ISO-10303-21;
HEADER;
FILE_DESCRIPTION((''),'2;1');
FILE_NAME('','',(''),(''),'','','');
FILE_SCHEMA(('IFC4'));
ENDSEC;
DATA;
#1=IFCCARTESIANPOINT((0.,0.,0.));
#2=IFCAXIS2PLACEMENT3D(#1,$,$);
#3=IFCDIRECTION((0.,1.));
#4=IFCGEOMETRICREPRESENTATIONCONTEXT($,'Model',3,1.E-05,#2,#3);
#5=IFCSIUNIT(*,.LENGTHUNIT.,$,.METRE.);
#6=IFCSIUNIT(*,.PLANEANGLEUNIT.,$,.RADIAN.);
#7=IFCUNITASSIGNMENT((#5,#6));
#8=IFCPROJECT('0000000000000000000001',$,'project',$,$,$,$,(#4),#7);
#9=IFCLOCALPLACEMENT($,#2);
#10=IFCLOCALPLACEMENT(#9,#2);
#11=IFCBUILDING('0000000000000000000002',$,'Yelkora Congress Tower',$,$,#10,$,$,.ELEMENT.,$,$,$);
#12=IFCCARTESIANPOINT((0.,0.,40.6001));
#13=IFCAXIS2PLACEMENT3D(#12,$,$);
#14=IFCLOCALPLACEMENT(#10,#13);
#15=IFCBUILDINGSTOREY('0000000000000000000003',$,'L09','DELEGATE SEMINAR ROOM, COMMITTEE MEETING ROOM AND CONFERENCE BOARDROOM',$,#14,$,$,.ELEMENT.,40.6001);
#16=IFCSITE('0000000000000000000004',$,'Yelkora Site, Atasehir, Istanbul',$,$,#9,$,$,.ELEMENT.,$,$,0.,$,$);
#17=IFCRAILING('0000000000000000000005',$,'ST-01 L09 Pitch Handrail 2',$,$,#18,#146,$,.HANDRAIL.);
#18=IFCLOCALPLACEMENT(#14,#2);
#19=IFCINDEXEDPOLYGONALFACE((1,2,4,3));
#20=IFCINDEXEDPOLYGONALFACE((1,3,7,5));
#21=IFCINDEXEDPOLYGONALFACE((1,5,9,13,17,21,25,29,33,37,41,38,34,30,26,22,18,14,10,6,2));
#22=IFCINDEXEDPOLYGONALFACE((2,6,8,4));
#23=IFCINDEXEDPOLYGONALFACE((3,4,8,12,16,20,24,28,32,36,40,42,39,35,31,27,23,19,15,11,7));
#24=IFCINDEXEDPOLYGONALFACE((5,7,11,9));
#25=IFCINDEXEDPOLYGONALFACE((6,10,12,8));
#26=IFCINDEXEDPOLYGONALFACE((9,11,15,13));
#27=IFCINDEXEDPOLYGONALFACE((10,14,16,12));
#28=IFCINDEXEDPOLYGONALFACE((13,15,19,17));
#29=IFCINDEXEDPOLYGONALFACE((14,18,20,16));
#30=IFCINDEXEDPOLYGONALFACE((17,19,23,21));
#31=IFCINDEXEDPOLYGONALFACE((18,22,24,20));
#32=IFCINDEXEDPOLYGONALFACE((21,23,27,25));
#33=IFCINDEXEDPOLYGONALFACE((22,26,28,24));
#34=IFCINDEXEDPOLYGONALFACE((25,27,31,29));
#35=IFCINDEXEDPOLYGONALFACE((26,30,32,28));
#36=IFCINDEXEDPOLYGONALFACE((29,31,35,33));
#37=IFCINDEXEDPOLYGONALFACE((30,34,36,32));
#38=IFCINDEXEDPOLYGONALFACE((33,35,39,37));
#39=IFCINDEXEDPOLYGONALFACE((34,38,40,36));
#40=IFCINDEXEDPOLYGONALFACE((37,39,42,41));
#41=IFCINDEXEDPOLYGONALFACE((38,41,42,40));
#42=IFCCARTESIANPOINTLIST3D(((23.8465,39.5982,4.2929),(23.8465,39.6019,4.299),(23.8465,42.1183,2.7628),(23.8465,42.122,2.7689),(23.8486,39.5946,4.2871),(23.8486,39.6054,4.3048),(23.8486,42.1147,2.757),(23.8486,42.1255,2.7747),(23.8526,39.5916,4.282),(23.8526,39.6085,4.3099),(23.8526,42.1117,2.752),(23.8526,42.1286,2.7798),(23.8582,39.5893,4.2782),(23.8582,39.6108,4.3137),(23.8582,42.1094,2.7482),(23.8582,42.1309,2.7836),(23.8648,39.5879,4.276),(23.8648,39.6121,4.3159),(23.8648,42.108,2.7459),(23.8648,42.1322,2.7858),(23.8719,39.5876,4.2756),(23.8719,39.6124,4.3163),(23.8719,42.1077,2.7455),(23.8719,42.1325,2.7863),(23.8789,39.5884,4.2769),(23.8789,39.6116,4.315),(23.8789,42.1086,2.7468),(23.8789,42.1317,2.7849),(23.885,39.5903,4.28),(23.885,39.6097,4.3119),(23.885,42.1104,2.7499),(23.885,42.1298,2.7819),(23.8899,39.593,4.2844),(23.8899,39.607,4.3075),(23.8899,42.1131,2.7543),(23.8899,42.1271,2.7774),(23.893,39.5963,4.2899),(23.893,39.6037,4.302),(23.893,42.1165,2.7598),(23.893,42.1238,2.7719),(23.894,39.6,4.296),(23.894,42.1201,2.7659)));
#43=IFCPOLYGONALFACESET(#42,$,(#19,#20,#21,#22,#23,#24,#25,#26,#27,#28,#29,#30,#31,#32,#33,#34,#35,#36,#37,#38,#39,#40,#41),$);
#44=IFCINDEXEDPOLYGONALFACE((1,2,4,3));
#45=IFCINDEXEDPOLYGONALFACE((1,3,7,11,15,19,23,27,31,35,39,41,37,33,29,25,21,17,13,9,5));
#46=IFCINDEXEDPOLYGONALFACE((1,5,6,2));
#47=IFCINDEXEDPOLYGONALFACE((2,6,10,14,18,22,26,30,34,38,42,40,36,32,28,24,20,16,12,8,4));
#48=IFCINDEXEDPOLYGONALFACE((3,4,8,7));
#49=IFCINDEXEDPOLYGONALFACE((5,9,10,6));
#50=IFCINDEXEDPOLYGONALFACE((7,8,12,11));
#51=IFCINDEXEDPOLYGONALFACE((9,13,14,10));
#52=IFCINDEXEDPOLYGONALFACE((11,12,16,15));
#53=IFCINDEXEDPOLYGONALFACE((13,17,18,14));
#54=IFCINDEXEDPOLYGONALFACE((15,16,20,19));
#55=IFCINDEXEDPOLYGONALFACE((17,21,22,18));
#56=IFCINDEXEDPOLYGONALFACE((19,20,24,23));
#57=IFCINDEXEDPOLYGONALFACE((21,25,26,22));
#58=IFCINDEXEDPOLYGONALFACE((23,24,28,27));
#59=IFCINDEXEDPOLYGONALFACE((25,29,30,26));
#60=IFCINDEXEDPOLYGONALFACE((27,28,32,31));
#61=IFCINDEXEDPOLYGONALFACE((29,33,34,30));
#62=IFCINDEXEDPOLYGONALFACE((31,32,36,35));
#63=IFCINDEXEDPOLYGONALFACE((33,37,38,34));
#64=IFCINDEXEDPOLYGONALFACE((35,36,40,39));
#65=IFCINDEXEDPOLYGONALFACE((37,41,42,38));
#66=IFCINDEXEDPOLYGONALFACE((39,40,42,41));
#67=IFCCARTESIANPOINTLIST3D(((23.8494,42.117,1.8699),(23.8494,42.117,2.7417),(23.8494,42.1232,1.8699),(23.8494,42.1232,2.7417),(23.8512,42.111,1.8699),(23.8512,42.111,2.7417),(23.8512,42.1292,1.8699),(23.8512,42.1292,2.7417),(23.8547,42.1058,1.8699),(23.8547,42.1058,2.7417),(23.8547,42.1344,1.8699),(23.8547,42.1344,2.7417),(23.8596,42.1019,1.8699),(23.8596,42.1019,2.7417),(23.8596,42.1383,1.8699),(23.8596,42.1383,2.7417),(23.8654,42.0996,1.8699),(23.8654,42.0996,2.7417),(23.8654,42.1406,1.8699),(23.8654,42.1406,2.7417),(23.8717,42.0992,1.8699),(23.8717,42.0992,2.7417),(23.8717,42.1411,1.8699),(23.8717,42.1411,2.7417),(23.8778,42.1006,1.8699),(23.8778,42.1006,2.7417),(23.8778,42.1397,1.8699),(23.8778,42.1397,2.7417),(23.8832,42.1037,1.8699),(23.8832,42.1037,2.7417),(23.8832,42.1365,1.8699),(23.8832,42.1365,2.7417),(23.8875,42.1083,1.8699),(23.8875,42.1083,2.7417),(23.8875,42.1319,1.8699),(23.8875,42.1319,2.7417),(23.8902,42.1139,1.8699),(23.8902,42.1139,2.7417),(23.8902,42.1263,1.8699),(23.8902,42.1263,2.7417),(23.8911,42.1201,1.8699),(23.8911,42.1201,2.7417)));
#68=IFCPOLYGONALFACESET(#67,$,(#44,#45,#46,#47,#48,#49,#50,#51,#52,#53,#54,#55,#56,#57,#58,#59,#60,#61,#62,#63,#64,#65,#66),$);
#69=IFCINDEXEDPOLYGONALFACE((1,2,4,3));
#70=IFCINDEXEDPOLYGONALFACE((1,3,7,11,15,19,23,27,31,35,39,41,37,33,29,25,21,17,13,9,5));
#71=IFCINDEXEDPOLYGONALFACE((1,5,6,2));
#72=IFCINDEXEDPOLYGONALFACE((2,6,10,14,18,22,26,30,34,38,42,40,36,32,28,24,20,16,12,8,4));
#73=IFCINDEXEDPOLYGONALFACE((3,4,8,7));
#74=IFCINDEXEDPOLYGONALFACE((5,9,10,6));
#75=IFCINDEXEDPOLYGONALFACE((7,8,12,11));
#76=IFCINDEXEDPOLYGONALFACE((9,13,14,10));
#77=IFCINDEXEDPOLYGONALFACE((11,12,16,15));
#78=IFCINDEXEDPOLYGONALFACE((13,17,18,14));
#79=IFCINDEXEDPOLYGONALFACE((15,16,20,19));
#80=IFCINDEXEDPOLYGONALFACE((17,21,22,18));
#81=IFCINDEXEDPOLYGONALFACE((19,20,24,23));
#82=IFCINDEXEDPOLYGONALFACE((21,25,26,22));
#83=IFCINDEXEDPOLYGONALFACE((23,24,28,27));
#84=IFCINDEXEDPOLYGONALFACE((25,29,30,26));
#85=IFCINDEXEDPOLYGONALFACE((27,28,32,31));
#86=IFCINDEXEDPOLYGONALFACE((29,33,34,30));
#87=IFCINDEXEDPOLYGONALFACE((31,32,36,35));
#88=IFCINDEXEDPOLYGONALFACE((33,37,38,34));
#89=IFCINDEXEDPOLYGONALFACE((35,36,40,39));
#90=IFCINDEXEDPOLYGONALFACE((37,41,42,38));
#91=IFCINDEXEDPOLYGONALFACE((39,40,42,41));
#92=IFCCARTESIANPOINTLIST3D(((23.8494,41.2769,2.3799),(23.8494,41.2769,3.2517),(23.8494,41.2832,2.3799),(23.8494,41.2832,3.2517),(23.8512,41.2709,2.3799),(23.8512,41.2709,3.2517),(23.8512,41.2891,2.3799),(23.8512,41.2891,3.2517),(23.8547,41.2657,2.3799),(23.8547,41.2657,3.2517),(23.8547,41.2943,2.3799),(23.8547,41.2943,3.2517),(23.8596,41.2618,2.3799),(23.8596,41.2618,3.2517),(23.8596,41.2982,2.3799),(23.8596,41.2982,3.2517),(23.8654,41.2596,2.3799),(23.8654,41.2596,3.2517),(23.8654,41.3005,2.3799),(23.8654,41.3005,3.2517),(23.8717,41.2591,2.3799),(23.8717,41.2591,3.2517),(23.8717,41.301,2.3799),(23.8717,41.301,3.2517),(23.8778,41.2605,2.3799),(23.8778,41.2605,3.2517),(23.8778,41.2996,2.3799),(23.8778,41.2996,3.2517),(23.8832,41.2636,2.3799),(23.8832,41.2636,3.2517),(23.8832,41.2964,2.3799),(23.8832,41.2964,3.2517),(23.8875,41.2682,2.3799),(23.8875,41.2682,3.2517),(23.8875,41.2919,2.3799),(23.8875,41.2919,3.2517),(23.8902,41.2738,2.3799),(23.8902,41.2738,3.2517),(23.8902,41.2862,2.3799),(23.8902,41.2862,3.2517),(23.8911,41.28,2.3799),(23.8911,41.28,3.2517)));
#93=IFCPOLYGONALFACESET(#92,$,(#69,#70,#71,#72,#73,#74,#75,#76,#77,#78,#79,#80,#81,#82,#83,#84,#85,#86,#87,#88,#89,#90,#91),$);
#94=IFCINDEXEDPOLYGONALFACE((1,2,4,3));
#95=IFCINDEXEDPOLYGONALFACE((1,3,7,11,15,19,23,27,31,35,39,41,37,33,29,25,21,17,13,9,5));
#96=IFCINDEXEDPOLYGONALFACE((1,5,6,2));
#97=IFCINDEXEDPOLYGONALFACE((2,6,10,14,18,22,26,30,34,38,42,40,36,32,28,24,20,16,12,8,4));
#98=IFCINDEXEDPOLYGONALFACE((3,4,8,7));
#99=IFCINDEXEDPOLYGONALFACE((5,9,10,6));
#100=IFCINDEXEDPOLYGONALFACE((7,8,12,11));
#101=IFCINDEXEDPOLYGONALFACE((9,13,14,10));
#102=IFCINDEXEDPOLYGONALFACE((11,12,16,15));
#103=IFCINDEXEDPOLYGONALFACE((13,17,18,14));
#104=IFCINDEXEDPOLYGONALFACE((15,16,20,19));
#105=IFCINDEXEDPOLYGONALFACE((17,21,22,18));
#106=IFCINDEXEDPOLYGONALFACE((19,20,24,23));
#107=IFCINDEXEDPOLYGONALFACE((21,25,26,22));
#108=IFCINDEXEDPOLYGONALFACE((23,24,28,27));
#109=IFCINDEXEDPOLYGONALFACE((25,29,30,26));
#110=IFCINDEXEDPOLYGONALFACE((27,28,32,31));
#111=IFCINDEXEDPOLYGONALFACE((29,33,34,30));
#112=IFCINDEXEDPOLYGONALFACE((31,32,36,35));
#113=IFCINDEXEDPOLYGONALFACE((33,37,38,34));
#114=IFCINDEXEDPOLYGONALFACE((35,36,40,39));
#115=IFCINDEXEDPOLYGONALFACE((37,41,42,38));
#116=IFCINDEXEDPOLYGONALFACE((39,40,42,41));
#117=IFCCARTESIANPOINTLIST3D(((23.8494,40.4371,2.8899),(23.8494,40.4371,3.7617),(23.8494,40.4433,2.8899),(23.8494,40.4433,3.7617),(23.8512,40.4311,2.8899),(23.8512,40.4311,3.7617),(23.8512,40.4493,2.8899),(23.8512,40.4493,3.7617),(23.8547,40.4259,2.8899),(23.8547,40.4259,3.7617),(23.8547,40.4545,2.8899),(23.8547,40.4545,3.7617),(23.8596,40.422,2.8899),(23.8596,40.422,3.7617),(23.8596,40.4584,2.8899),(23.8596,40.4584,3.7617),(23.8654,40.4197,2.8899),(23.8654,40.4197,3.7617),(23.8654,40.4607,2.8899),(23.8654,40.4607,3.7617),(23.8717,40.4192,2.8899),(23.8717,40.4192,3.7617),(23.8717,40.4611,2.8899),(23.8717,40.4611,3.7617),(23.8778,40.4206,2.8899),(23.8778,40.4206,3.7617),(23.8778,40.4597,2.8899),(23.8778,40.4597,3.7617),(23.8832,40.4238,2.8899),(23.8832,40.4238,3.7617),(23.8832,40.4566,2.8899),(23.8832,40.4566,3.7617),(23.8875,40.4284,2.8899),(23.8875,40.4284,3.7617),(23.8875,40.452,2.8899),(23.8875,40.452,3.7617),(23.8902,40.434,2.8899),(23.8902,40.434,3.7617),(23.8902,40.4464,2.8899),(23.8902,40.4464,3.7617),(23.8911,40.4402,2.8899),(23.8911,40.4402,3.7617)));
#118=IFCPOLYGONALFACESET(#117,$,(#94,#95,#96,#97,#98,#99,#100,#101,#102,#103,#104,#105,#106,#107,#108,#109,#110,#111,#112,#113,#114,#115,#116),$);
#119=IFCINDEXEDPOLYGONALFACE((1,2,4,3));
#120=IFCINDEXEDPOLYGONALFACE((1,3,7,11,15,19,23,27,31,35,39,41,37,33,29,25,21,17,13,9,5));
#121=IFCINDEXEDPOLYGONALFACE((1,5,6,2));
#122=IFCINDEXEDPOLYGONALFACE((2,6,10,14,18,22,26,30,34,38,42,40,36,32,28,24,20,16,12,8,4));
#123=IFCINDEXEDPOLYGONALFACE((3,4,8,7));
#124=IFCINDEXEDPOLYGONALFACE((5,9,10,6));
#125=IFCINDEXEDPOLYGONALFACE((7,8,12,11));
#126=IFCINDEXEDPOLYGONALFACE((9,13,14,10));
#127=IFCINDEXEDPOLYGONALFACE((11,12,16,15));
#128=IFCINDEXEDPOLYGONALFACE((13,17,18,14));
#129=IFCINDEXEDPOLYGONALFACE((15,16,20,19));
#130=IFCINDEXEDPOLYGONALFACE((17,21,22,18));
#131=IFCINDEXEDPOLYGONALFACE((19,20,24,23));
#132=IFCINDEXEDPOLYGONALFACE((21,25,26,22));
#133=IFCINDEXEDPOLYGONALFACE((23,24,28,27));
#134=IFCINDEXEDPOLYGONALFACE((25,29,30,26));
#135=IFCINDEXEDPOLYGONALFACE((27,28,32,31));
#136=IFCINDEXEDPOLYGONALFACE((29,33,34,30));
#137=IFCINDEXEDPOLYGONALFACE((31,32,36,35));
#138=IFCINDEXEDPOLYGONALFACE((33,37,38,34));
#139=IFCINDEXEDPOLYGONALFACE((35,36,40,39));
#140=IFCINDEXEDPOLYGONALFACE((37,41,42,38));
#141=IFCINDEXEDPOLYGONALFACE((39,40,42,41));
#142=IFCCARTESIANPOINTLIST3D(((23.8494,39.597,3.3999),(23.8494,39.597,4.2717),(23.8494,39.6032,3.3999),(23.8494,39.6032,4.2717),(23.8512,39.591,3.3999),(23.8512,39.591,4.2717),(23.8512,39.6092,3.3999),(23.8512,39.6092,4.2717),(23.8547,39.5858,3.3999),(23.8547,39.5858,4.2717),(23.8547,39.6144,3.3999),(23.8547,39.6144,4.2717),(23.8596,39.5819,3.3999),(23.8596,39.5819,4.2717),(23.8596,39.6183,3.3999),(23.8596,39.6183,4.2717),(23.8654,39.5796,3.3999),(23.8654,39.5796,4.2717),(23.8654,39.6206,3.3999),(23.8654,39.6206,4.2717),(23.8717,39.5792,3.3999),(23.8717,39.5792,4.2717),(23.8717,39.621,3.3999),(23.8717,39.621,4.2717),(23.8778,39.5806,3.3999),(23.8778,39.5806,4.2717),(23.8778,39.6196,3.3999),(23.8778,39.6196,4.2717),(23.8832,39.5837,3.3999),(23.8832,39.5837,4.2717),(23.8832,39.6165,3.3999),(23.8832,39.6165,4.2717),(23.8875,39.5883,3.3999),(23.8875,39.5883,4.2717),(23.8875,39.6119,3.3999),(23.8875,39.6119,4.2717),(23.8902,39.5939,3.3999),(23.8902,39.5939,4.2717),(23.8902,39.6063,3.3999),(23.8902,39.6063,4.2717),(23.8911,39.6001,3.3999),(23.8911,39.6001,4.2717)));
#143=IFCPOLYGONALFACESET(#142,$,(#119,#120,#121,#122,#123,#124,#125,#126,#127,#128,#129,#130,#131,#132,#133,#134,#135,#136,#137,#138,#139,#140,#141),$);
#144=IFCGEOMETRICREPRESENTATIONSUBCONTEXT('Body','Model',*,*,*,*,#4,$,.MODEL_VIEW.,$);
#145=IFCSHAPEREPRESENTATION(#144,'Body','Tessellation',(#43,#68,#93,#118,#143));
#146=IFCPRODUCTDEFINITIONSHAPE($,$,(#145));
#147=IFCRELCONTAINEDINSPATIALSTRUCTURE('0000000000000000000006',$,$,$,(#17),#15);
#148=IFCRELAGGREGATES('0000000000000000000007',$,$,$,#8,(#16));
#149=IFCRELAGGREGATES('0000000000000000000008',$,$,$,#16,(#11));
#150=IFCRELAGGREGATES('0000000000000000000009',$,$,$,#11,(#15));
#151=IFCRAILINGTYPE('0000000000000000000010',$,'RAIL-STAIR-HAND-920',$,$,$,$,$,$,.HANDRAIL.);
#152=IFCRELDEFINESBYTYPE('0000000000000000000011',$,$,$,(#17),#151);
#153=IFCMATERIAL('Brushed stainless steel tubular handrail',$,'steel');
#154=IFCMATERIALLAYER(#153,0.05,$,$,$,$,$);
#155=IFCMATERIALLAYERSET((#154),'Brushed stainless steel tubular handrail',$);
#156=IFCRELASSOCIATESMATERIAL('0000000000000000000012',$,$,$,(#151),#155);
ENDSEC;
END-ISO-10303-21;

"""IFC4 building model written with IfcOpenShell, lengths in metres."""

from ifc_helpers import new_model, si_unit, direction, frame, origin, origin_2d, place, context, subcontext, project, spatial, circle, extrude, material, layer, layer_set, type_object, element, save


model = new_model("IFC4")

# Units and contexts
model_context = context("Model", 3, precision=1e-05, world=origin(), true_north=direction((0.0, 1.0)))
body_context = subcontext(model_context, "Body", "Model", "MODEL_VIEW")
ifc_project = project(units=[si_unit("LENGTHUNIT", "METRE"), si_unit("PLANEANGLEUNIT", "RADIAN")], contexts=[model_context])

# Site, building, storey
site_placement = place(None, origin())
site = spatial("IfcSite", under=ifc_project, at=site_placement, Name="Yelkora Site, Atasehir, Istanbul", CompositionType="ELEMENT", RefElevation=0.0)
building_placement = place(site_placement, origin())
building = spatial("IfcBuilding", under=site, at=building_placement, Name="Yelkora Congress Tower", CompositionType="ELEMENT")
storey_placement = place(building_placement, frame((0.0, 0.0, 40.6001)))
storey = spatial("IfcBuildingStorey", under=building, at=storey_placement, Name="L09", Description="DELEGATE SEMINAR ROOM, COMMITTEE MEETING ROOM AND CONFERENCE BOARDROOM", CompositionType="ELEMENT", Elevation=40.6001)

# Railing
ifc_material_1 = material(Name="Brushed stainless steel tubular handrail", Category="steel")
ifc_layer_1 = layer(ifc_material_1, 0.05)
ifc_layer_set_1 = layer_set([ifc_layer_1], Name="Brushed stainless steel tubular handrail")
railing_type_1 = type_object("IfcRailingType", Name="RAIL-STAIR-HAND-920", PredefinedType="HANDRAIL", material=ifc_layer_set_1)
railing_1_placement = place(storey_placement, frame((23.8701, 42.1201, 1.8699)))
element("IfcRailing", 1, at=railing_1_placement, inside=storey, type_object=railing_type_1, Name="ST-01 L09 Pitch Handrail 2", PredefinedType="HANDRAIL", context=body_context, shape_type="SweptSolid", body=[
    extrude(circle(Radius=0.0239, at=origin_2d()), frame((0.0, 0.0, 0.896), z_axis=(0.0, -0.854785, 0.518982), x_axis=(1.0, 0.0, 0.0)), (0.0, 0.0, 1.0), 2.9482),
    extrude(circle(Radius=0.021, at=origin_2d()), origin(), (0.0, 0.0, 1.0), 0.8718),
    extrude(circle(Radius=0.021, at=origin_2d()), frame((0.0, -0.8401, 0.51)), (0.0, 0.0, 1.0), 0.8718),
    extrude(circle(Radius=0.021, at=origin_2d()), frame((0.0, -1.6799, 1.02)), (0.0, 0.0, 1.0), 0.8718),
    extrude(circle(Radius=0.021, at=origin_2d()), frame((0.0, -2.52, 1.53)), (0.0, 0.0, 1.0), 0.8718),
])

save(model, "model.ifc")
